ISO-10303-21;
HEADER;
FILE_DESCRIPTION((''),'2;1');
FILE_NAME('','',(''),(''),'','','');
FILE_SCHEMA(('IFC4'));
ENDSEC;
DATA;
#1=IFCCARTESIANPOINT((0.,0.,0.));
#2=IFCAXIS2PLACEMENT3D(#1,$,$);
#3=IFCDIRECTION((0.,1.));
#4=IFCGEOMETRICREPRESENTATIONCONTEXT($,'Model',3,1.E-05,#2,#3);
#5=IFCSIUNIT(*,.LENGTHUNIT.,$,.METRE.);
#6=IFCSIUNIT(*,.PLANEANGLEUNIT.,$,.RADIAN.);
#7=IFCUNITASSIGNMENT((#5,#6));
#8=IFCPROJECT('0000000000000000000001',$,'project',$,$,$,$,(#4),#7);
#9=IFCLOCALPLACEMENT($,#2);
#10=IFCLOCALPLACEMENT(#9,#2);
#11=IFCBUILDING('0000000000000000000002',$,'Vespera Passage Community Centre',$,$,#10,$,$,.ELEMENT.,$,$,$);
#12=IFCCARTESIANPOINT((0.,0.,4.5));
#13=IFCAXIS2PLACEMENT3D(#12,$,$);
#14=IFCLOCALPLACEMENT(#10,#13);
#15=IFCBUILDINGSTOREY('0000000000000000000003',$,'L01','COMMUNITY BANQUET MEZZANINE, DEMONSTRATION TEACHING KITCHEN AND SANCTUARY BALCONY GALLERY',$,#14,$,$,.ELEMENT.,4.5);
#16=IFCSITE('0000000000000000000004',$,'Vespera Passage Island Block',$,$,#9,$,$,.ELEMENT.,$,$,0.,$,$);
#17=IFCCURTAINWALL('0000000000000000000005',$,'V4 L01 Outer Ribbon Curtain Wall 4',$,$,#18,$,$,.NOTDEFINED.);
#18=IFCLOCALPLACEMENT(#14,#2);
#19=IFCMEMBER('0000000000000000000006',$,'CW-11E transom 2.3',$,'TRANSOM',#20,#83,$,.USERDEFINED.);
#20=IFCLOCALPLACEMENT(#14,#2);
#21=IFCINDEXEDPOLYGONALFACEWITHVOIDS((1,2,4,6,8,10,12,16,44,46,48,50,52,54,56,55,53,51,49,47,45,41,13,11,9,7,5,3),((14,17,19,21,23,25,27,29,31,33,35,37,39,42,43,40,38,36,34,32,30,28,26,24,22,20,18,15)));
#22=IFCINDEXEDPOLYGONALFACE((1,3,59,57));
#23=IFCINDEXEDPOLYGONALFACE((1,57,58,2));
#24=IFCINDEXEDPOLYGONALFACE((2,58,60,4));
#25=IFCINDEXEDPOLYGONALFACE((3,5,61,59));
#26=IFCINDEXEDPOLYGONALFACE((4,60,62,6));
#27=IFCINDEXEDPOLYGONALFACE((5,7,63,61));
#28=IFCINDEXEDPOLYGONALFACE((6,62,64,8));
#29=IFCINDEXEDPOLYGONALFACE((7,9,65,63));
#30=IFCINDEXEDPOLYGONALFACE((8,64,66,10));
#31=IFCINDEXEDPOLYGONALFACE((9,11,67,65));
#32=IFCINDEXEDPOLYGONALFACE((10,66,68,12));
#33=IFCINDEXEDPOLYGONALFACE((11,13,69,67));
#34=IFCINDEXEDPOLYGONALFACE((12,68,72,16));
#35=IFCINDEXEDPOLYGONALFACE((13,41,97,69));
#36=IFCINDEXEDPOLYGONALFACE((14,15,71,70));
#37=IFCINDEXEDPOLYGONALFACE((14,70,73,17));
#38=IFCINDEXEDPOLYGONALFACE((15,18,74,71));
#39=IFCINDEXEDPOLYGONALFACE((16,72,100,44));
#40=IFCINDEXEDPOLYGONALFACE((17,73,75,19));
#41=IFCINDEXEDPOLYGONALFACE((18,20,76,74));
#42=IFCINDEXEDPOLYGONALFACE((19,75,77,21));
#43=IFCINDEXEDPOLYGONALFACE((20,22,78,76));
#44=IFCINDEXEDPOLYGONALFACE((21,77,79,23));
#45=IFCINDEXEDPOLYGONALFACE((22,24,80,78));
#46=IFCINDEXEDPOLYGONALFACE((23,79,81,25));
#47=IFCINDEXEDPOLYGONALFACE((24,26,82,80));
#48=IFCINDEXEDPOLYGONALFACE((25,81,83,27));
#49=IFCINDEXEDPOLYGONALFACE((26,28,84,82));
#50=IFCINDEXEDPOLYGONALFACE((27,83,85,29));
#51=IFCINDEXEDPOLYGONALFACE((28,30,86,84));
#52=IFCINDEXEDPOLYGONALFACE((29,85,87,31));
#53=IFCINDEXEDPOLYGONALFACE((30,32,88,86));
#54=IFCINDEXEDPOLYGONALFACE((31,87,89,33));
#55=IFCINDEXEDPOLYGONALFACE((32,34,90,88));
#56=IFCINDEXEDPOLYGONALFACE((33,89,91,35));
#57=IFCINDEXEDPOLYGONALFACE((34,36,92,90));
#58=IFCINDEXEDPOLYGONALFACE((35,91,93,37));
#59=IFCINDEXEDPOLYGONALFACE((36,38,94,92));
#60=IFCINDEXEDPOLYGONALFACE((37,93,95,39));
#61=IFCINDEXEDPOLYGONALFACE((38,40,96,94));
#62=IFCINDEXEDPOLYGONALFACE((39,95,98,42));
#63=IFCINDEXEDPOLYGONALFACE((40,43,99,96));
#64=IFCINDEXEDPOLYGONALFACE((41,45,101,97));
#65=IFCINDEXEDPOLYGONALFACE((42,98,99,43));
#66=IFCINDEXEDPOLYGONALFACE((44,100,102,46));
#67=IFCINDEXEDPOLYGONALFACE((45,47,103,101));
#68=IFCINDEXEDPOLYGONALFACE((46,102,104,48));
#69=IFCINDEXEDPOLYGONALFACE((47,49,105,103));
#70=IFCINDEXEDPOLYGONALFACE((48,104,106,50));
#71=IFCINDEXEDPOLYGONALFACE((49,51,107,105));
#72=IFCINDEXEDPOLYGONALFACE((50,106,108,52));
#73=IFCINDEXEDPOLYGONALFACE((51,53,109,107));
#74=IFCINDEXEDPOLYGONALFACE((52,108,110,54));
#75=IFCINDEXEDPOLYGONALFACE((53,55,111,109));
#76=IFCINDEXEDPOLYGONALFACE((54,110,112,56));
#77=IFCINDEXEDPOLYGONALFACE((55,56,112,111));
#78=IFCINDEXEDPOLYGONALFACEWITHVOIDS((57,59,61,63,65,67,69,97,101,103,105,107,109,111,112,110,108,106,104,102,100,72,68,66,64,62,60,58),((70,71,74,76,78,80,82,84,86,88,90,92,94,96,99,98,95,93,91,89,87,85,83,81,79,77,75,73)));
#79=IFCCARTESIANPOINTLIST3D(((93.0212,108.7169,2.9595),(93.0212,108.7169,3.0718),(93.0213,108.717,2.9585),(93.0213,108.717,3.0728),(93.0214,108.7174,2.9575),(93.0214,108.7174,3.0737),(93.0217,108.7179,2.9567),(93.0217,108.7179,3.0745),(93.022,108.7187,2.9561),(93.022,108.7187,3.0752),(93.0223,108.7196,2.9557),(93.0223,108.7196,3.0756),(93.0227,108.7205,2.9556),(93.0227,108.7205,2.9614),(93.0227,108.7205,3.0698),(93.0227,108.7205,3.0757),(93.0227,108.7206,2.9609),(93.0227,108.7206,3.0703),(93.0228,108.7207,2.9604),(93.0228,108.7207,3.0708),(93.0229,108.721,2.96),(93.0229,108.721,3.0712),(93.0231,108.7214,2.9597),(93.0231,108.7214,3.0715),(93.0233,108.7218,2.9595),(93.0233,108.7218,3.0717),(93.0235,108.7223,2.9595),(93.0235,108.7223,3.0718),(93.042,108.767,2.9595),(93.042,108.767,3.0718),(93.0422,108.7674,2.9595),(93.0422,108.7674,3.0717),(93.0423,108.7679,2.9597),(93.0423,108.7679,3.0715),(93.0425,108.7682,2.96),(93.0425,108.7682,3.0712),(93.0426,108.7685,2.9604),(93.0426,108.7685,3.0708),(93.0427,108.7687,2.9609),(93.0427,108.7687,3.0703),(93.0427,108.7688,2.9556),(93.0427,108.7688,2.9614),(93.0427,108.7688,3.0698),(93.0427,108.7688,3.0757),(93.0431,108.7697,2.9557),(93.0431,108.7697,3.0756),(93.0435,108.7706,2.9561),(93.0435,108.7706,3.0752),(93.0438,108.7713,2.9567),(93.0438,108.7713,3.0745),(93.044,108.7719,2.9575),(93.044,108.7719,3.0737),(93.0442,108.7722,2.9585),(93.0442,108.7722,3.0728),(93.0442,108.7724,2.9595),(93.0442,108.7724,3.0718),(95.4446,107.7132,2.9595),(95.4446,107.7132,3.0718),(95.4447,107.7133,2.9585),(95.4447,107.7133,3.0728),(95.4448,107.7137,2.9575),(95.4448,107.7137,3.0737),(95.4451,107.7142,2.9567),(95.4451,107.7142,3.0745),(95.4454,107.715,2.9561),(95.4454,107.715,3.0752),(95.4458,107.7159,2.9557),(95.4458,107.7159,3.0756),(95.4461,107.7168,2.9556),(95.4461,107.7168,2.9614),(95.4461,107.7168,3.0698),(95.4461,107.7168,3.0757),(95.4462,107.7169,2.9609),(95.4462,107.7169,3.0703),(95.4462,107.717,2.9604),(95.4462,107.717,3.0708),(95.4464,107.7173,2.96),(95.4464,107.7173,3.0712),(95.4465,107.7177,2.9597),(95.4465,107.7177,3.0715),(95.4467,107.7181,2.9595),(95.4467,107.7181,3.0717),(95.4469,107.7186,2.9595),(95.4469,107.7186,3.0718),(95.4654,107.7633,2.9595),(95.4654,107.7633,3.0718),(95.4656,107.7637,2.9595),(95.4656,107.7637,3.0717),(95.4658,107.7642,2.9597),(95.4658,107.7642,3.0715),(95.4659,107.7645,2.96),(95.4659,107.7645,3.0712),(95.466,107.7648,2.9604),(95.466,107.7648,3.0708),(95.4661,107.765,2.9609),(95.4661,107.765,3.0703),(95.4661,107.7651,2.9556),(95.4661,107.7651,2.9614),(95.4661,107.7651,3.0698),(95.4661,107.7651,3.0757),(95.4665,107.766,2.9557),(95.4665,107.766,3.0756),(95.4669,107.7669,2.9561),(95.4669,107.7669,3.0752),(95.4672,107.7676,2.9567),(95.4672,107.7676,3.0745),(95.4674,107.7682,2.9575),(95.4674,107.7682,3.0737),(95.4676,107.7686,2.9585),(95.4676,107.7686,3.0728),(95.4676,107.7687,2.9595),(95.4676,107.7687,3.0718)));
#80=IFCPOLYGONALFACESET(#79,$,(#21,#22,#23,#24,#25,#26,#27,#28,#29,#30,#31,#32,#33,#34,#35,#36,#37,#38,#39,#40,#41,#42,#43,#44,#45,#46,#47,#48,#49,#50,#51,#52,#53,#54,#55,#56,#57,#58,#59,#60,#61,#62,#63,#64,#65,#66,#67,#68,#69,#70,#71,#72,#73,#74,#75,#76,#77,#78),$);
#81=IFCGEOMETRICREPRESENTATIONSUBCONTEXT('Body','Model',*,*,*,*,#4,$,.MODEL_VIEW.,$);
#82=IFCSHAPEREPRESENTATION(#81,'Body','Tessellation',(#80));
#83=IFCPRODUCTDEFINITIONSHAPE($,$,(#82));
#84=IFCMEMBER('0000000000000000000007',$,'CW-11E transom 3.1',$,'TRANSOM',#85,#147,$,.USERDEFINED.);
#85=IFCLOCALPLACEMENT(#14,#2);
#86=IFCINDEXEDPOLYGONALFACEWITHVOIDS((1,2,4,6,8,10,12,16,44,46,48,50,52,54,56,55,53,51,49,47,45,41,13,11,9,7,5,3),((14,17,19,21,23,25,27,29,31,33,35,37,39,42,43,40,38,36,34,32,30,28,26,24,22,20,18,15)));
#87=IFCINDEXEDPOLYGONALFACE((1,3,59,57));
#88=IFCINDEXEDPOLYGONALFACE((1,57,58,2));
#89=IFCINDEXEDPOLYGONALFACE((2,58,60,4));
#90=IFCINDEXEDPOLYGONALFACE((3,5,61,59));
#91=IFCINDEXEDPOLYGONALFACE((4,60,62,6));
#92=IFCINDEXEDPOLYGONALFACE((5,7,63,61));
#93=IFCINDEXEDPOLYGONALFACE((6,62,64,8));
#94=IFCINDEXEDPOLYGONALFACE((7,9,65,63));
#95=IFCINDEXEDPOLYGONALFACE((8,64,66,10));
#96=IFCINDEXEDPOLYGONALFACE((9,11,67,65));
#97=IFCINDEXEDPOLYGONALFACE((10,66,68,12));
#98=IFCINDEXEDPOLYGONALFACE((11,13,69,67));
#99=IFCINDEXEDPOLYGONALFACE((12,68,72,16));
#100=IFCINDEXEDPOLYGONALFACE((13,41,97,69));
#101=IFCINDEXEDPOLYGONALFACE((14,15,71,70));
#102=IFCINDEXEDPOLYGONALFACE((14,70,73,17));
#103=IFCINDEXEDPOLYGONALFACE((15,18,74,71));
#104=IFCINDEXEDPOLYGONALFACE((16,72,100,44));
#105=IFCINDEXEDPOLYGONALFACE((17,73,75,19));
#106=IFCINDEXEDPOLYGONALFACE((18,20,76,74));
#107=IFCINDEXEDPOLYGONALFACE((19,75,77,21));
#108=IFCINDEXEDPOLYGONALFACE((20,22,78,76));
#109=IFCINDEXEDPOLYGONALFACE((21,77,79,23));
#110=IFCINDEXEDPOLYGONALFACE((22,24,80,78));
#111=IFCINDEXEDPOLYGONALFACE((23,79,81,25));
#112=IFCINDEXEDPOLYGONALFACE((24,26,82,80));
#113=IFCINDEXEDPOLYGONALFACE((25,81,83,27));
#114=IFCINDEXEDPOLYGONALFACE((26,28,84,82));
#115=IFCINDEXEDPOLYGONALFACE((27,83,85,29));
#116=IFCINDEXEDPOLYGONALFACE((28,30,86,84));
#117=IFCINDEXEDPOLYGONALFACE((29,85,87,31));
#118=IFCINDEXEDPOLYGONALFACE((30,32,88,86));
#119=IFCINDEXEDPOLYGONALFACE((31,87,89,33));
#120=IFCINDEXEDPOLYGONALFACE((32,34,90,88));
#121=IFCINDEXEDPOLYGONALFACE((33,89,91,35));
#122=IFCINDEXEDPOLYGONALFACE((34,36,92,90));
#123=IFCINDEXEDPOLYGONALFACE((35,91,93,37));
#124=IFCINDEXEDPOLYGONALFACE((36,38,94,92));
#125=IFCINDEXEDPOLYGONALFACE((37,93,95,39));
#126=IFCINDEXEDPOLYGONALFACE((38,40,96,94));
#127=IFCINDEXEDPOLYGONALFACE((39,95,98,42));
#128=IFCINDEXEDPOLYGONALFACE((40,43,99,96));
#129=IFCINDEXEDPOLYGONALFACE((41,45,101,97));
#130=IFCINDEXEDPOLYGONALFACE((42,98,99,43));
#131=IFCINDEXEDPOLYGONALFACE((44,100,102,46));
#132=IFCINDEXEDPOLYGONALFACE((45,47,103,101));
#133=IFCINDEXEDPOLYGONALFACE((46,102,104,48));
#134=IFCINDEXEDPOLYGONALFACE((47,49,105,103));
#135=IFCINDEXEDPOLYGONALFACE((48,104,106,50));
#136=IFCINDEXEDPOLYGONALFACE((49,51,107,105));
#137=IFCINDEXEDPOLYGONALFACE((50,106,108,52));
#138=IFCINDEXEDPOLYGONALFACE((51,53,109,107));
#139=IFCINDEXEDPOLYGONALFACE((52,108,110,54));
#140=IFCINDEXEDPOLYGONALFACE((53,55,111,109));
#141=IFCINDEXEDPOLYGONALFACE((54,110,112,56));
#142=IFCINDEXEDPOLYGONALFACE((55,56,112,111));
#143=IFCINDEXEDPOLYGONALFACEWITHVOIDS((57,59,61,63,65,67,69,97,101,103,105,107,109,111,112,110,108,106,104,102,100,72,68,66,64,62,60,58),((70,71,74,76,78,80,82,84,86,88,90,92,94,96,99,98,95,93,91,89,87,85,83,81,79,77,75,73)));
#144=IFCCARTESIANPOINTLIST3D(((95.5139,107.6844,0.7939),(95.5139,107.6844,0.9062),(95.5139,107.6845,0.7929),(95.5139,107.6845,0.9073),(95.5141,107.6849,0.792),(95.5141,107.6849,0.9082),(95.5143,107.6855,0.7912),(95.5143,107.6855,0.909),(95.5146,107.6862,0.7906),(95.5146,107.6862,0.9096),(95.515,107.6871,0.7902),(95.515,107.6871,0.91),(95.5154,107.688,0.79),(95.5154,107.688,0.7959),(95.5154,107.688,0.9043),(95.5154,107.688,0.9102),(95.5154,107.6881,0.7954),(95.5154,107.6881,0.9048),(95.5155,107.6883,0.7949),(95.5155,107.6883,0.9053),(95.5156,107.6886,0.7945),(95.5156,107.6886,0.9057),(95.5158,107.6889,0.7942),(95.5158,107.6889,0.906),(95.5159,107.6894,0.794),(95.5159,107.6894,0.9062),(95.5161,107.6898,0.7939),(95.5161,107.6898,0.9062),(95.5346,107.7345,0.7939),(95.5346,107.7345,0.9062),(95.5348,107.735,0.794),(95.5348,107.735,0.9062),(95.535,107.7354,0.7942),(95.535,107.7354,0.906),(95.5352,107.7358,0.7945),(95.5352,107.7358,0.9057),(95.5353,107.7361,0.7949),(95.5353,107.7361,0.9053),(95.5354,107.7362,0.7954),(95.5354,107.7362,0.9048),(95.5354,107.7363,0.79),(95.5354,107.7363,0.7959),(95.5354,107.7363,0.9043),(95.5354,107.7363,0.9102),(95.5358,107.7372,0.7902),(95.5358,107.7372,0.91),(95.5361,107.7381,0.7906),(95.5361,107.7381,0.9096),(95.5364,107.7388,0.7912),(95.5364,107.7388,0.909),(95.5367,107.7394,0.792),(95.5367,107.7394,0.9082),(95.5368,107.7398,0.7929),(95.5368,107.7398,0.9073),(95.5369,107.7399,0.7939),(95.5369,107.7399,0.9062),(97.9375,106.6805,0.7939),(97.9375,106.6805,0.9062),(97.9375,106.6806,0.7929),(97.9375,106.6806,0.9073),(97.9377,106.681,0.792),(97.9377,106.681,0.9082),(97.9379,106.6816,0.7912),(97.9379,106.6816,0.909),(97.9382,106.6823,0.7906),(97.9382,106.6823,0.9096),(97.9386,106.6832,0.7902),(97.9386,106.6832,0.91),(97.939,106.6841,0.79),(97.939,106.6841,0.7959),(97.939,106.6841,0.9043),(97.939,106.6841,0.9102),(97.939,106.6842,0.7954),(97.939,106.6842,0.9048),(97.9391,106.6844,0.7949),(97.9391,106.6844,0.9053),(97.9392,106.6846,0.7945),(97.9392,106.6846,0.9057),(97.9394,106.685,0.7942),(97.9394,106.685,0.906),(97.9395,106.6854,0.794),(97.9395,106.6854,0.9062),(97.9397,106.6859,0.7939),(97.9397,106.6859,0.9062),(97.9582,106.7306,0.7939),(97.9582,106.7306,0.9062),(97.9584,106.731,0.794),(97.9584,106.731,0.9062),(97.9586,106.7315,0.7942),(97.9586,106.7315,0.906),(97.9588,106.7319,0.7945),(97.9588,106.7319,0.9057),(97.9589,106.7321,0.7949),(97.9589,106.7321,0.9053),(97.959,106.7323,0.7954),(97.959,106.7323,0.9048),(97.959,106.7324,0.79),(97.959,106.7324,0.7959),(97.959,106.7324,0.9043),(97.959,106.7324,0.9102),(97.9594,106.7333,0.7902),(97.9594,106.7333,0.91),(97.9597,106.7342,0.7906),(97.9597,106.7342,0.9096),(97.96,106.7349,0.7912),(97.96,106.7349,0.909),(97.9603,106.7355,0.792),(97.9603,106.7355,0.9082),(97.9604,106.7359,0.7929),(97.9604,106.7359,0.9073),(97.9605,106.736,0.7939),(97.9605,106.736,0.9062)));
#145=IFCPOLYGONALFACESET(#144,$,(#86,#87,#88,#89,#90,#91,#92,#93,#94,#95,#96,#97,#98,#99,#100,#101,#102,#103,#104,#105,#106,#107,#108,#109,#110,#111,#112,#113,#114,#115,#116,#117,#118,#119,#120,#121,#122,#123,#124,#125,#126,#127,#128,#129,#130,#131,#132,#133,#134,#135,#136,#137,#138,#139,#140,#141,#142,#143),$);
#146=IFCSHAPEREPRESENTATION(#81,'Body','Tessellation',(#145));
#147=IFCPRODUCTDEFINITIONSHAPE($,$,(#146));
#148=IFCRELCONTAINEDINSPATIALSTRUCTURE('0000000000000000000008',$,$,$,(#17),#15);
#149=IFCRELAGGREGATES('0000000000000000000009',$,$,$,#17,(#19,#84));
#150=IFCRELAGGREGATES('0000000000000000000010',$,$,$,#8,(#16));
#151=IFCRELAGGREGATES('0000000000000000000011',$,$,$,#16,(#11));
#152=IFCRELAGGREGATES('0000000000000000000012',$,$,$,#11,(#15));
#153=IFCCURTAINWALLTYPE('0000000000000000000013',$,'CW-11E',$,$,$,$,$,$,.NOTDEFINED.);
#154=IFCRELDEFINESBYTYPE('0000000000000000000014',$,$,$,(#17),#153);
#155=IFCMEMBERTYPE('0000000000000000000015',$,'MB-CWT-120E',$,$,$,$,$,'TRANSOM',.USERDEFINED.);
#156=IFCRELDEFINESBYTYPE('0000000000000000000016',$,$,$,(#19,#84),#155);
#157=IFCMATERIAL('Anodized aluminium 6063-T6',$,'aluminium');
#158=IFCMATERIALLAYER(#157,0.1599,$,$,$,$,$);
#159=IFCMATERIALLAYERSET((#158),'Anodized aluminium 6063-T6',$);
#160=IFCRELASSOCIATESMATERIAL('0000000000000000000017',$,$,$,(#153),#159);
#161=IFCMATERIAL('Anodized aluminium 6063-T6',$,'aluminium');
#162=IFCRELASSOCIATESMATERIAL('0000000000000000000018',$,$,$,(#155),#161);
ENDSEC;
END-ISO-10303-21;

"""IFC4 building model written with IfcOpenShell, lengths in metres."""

from ifc_helpers import new_model, si_unit, direction, frame, origin, origin_2d, place, context, subcontext, project, spatial, hollow_rectangle, extrude, material, layer, layer_set, material_profile, profile_set, type_object, element, aggregate, save


model = new_model("IFC4")

# Units and contexts
model_context = context("Model", 3, precision=1e-05, world=origin(), true_north=direction((0.0, 1.0)))
body_context = subcontext(model_context, "Body", "Model", "MODEL_VIEW")
ifc_project = project(units=[si_unit("LENGTHUNIT", "METRE"), si_unit("PLANEANGLEUNIT", "RADIAN")], contexts=[model_context])

# Site, building, storey
site_placement = place(None, origin())
site = spatial("IfcSite", under=ifc_project, at=site_placement, Name="Vespera Passage Island Block", CompositionType="ELEMENT", RefElevation=0.0)
building_placement = place(site_placement, origin())
building = spatial("IfcBuilding", under=site, at=building_placement, Name="Vespera Passage Community Centre", CompositionType="ELEMENT")
storey_placement = place(building_placement, frame((0.0, 0.0, 4.5)))
storey = spatial("IfcBuildingStorey", under=building, at=storey_placement, Name="L01", Description="COMMUNITY BANQUET MEZZANINE, DEMONSTRATION TEACHING KITCHEN AND SANCTUARY BALCONY GALLERY", CompositionType="ELEMENT", Elevation=4.5)

# Curtain wall
ifc_material_1 = material(Name="Anodized aluminium 6063-T6", Category="aluminium")
ifc_layer_1 = layer(ifc_material_1, 0.1599)
ifc_layer_set_1 = layer_set([ifc_layer_1], Name="Anodized aluminium 6063-T6")
curtain_wall_type_1 = type_object("IfcCurtainWallType", Name="CW-11E", PredefinedType="NOTDEFINED", material=ifc_layer_set_1)
curtain_wall_1_placement = place(storey_placement, origin())
curtain_wall_1 = element("IfcCurtainWall", 1, at=curtain_wall_1_placement, inside=storey, type_object=curtain_wall_type_1, Name="V4 L01 Outer Ribbon Curtain Wall 4", PredefinedType="NOTDEFINED")

# Members
ifc_material_2 = material(Name="Anodized aluminium 6063-T6", Category="aluminium")
ifc_material_profile_1 = material_profile(ifc_material_2, hollow_rectangle(XDim=0.0601, YDim=0.1201, WallThickness=0.0039, InnerFilletRadius=0.002, OuterFilletRadius=0.0039, at=origin_2d()), Name="ALU120X60X4")
ifc_profile_set_1 = profile_set([ifc_material_profile_1], Name="Anodized aluminium 6063-T6")
member_type_1 = type_object("IfcMemberType", Name="MB-CWT-120E", ElementType="TRANSOM", PredefinedType="USERDEFINED", material=ifc_profile_set_1)
member_1_placement = place(storey_placement, frame((93.0327, 108.7446, 3.0156), z_axis=(0.923895, -0.382645, 0.0), x_axis=(0.382645, 0.923895, 0.0)))
member_1 = element("IfcMember", 2, at=member_1_placement, type_object=member_type_1, Name="CW-11E transom 2.3", ObjectType="TRANSOM", PredefinedType="USERDEFINED", context=body_context, shape_type="SweptSolid", body=[
    extrude(hollow_rectangle(XDim=0.0601, YDim=0.1201, WallThickness=0.0039, InnerFilletRadius=0.002, OuterFilletRadius=0.0039, at=origin_2d()), origin(), (0.0, 0.0, 1.0), 2.623),
])
member_2_placement = place(storey_placement, frame((95.5254, 107.7122, 0.8501), z_axis=(0.923876, -0.382692, 0.0), x_axis=(0.382692, 0.923876, 0.0)))
member_2 = element("IfcMember", 3, at=member_2_placement, type_object=member_type_1, Name="CW-11E transom 3.1", ObjectType="TRANSOM", PredefinedType="USERDEFINED", context=body_context, shape_type="SweptSolid", body=[
    extrude(hollow_rectangle(XDim=0.0601, YDim=0.1201, WallThickness=0.0039, InnerFilletRadius=0.002, OuterFilletRadius=0.0039, at=origin_2d()), origin(), (0.0, 0.0, 1.0), 2.6233),
])

aggregate(curtain_wall_1, [member_1, member_2])

save(model, "model.ifc")
